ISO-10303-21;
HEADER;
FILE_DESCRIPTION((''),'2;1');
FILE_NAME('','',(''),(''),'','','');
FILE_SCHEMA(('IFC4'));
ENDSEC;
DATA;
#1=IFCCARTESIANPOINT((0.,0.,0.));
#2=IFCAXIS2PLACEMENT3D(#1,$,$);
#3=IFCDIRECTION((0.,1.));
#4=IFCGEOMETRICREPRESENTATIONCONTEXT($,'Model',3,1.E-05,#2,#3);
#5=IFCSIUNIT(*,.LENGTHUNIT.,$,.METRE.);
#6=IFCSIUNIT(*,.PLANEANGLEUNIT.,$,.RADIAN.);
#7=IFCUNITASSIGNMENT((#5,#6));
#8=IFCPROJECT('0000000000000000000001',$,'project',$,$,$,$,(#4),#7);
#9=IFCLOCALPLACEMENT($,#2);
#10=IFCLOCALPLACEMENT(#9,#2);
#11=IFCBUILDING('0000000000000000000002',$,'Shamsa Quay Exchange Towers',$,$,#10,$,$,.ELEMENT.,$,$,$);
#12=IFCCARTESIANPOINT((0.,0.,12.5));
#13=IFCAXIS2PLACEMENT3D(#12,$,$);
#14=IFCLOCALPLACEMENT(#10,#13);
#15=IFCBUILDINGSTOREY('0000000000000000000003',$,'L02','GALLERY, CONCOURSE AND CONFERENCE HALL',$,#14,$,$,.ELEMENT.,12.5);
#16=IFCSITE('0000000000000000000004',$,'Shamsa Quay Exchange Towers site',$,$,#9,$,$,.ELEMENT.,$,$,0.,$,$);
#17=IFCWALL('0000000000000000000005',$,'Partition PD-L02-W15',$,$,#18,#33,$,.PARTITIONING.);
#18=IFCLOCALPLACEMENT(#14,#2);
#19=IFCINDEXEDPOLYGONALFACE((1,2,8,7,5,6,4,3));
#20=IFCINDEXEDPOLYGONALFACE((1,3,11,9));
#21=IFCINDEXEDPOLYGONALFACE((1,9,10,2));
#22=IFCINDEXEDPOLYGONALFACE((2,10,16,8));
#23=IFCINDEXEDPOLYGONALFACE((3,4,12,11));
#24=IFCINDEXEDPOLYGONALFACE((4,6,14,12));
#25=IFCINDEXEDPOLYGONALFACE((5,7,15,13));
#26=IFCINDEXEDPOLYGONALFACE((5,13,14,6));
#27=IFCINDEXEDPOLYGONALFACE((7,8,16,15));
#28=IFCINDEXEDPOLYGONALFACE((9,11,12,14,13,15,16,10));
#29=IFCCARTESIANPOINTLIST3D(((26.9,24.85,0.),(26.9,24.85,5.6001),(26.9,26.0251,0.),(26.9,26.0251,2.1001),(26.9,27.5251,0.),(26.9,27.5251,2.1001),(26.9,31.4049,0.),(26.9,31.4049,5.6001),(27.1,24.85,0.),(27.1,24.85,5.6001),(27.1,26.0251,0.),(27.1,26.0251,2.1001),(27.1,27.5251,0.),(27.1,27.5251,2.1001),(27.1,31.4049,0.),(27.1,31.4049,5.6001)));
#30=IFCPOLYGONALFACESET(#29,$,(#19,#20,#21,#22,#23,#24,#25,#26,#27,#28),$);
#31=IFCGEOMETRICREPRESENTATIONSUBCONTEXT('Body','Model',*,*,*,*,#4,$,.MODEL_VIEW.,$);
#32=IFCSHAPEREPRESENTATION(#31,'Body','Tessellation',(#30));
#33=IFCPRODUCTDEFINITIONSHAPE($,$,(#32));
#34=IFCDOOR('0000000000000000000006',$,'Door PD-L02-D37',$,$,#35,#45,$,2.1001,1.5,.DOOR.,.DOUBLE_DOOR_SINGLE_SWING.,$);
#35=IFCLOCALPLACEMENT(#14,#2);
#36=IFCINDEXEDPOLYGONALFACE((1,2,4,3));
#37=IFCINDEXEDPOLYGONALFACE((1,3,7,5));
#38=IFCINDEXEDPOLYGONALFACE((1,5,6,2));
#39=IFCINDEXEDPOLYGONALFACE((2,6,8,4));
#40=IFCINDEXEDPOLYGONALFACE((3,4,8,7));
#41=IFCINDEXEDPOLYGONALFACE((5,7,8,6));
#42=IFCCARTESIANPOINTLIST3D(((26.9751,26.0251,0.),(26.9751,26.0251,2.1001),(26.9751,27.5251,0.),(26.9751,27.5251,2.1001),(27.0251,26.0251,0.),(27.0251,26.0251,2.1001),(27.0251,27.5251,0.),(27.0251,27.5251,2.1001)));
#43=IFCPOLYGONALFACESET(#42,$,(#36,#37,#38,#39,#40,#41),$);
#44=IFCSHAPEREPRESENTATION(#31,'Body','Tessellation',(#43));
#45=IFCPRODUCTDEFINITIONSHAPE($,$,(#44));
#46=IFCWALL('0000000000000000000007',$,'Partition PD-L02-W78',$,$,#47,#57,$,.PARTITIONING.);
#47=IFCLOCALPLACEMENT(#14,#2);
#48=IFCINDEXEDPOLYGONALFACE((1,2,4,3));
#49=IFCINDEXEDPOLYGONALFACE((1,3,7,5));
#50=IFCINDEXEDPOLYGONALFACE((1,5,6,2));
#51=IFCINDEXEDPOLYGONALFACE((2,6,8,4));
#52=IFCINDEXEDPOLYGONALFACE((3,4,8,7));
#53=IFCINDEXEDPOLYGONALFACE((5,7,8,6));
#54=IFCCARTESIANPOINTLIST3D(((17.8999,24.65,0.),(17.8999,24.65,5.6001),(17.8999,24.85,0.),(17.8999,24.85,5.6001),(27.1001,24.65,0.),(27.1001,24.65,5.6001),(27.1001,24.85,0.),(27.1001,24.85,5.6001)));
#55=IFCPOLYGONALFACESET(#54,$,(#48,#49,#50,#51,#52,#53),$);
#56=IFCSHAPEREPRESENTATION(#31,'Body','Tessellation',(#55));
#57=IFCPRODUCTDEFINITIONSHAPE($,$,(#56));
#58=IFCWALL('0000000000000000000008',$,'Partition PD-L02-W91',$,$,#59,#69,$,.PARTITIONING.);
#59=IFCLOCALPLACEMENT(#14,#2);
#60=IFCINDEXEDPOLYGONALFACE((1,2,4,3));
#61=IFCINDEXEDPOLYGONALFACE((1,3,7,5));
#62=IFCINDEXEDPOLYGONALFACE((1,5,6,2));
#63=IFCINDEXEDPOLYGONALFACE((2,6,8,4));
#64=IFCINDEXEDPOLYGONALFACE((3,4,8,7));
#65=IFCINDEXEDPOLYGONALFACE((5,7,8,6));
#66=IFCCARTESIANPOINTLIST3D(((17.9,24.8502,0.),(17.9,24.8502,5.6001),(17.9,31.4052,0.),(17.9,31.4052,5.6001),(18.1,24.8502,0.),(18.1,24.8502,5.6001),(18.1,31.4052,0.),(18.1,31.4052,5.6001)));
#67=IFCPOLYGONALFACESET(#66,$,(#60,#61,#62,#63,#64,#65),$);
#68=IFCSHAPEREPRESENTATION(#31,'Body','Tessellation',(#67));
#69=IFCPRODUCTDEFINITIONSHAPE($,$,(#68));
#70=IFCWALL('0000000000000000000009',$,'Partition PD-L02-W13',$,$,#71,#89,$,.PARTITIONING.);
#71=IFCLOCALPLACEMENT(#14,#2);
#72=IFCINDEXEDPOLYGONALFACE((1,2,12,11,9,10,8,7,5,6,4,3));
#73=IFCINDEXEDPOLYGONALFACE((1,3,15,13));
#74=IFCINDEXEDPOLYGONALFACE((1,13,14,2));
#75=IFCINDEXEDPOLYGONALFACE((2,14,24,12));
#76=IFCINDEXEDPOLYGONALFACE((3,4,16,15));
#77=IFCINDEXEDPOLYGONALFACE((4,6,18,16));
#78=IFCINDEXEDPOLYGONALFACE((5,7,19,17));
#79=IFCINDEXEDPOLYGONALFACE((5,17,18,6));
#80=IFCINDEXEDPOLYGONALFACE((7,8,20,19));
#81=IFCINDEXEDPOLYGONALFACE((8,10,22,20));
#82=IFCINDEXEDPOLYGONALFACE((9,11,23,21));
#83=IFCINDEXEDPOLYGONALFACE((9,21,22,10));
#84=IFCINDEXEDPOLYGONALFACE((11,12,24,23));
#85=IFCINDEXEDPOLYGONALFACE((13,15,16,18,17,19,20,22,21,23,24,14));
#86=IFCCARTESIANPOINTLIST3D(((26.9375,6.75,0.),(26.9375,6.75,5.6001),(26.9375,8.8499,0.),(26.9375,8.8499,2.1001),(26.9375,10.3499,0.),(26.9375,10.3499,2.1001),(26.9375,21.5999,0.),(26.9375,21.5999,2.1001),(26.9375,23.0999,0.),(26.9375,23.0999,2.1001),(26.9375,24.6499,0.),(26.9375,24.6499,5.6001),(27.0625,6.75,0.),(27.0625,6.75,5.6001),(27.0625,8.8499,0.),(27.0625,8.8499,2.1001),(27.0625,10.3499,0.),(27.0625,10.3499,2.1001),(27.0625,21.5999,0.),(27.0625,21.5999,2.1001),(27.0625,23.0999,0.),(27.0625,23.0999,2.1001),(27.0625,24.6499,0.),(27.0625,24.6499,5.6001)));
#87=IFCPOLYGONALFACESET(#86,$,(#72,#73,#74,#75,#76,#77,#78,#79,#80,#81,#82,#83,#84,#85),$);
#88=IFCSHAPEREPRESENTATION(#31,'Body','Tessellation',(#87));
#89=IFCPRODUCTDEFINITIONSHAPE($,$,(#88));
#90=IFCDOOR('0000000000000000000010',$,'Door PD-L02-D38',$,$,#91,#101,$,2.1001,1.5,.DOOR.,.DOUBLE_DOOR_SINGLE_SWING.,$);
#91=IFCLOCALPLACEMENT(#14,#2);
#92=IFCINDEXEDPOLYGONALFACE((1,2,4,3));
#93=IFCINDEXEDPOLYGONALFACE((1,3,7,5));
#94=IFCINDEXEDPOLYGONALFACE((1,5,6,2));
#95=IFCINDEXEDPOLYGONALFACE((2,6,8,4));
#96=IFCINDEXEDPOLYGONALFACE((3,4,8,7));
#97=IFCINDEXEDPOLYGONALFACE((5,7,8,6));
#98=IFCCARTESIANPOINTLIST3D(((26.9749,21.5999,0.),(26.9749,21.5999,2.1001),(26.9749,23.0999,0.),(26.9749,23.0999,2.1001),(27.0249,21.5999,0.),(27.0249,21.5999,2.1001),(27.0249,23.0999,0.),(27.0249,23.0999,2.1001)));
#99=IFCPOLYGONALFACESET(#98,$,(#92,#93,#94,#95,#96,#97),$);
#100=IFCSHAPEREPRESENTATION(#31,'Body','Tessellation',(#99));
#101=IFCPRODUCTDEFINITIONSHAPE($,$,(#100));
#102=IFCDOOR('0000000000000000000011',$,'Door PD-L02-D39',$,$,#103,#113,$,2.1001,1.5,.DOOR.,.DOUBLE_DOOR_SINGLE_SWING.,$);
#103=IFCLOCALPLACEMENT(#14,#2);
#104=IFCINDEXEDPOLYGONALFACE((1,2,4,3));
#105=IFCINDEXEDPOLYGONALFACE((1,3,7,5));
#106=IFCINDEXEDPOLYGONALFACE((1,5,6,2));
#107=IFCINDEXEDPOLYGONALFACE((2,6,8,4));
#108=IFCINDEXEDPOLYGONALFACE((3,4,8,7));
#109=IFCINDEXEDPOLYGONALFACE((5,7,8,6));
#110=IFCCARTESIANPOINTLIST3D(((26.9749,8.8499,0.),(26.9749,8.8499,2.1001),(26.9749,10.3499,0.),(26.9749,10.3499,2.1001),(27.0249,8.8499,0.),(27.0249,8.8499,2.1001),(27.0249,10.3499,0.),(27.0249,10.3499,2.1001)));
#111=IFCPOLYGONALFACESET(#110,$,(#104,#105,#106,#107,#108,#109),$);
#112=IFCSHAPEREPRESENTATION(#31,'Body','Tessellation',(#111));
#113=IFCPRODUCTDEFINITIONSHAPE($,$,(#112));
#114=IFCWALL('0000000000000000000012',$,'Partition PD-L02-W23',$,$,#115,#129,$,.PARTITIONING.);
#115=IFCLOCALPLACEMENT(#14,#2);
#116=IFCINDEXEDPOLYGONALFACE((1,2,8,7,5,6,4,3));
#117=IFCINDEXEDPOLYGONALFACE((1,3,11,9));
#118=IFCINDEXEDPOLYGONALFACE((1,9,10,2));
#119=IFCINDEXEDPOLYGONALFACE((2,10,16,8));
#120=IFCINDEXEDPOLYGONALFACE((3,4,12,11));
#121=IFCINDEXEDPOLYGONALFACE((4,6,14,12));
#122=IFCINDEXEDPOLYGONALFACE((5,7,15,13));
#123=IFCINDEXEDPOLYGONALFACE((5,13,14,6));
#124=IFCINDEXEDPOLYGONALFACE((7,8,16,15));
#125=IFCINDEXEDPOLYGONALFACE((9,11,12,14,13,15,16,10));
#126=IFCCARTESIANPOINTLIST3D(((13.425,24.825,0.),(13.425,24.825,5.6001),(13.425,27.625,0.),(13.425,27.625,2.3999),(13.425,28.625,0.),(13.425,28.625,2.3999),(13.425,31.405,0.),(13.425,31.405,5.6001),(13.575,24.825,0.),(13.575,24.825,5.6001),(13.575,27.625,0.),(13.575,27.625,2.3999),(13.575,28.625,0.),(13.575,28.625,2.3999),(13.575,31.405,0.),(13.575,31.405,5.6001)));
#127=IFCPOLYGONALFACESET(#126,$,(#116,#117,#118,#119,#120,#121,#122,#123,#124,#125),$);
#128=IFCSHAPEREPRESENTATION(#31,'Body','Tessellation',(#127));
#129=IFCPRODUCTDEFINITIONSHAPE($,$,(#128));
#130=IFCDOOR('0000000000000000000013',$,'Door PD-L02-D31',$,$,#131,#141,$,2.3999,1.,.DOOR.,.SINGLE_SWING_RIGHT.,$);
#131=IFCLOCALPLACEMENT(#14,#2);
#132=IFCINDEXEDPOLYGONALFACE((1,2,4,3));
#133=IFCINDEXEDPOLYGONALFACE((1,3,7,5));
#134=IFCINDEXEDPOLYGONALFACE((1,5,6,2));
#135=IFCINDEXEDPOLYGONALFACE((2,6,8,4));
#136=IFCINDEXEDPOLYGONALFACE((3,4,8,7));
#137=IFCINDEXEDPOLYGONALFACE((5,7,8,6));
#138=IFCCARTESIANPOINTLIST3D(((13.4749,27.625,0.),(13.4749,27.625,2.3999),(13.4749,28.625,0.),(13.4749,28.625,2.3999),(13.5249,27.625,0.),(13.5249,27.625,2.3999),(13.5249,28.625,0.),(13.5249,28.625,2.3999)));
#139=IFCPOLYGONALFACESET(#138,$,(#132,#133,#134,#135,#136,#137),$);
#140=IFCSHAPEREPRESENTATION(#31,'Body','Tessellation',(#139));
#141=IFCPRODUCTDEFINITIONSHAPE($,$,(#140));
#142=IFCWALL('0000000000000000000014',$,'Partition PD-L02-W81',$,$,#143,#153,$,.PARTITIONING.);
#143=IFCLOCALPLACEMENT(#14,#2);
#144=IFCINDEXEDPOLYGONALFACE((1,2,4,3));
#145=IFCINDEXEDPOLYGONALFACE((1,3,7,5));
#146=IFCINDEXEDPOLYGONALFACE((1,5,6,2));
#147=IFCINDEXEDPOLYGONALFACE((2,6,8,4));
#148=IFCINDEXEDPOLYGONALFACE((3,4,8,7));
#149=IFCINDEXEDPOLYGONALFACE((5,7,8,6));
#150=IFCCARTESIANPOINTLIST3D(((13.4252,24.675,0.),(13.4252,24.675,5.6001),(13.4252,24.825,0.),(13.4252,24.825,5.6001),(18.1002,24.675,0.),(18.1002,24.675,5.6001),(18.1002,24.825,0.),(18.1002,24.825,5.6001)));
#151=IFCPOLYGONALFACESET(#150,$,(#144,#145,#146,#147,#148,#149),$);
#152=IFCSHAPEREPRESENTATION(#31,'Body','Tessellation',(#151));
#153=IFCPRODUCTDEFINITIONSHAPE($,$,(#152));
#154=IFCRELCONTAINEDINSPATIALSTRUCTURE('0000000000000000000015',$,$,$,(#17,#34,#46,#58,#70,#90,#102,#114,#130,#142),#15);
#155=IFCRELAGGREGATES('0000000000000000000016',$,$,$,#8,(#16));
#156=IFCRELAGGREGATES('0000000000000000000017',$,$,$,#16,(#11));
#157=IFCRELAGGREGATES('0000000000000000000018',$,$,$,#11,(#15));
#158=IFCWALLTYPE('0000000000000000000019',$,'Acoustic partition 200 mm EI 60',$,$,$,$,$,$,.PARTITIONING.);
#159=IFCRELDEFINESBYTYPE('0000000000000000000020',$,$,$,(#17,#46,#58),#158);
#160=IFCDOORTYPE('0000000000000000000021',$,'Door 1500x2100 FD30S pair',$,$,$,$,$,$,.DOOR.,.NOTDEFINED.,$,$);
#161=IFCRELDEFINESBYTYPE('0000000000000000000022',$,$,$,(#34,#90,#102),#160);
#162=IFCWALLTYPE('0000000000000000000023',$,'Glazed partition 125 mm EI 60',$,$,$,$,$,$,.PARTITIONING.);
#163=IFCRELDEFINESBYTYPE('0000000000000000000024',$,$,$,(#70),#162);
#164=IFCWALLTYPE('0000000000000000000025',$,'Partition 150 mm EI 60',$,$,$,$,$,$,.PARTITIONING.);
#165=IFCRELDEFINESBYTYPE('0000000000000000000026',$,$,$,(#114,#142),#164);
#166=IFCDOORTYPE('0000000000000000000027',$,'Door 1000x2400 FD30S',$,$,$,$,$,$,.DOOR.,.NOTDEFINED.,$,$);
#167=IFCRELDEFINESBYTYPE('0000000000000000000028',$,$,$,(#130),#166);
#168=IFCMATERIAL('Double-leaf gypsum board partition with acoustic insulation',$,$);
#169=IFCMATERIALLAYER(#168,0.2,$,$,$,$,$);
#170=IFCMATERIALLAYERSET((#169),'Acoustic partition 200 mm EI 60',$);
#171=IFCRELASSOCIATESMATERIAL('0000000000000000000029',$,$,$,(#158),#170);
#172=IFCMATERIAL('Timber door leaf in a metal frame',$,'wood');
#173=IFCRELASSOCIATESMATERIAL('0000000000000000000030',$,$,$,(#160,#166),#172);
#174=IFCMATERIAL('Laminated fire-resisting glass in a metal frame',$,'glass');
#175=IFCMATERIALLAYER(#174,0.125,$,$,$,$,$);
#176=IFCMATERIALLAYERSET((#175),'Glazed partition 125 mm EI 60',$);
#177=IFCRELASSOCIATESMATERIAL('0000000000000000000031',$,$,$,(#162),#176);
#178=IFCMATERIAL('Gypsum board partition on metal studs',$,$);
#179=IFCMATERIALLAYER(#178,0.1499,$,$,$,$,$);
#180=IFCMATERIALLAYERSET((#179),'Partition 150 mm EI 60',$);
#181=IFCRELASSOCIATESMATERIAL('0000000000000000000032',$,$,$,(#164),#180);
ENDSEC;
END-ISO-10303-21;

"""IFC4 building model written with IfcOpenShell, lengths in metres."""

from ifc_helpers import new_model, si_unit, direction, frame, frame_2d, origin, place, context, subcontext, project, spatial, rectangle, extrude, material, layer, layer_set, type_object, element, fill, save


model = new_model("IFC4")

# Units and contexts
model_context = context("Model", 3, precision=1e-05, world=origin(), true_north=direction((0.0, 1.0)))
body_context = subcontext(model_context, "Body", "Model", "MODEL_VIEW")
ifc_project = project(units=[si_unit("LENGTHUNIT", "METRE"), si_unit("PLANEANGLEUNIT", "RADIAN")], contexts=[model_context])

# Site, building, storey
site_placement = place(None, origin())
site = spatial("IfcSite", under=ifc_project, at=site_placement, Name="Shamsa Quay Exchange Towers site", CompositionType="ELEMENT", RefElevation=0.0)
building_placement = place(site_placement, origin())
building = spatial("IfcBuilding", under=site, at=building_placement, Name="Shamsa Quay Exchange Towers", CompositionType="ELEMENT")
storey_placement = place(building_placement, frame((0.0, 0.0, 12.5)))
storey = spatial("IfcBuildingStorey", under=building, at=storey_placement, Name="L02", Description="GALLERY, CONCOURSE AND CONFERENCE HALL", CompositionType="ELEMENT", Elevation=12.5)

# Wall, opening, door
ifc_material_1 = material(Name="Double-leaf gypsum board partition with acoustic insulation")
ifc_layer_1 = layer(ifc_material_1, 0.2)
ifc_layer_set_1 = layer_set([ifc_layer_1], Name="Acoustic partition 200 mm EI 60")
wall_type_1 = type_object("IfcWallType", Name="Acoustic partition 200 mm EI 60", PredefinedType="PARTITIONING", material=ifc_layer_set_1)
wall_1_placement = place(storey_placement, frame((27.0, 24.8501, 0.0), z_axis=(0.0, 0.0, 1.0), x_axis=(0.0, 1.0, 0.0)))
wall_1 = element("IfcWall", 1, at=wall_1_placement, inside=storey, type_object=wall_type_1, Name="Partition PD-L02-W15", PredefinedType="PARTITIONING", context=body_context, shape_type="SweptSolid", body=[
    extrude(rectangle(XDim=6.5549, YDim=0.2, at=frame_2d((3.2773, 0.0))), origin(), (0.0, 0.0, 1.0), 5.6001),
])
opening_1_placement = place(wall_1_placement, frame((1.175, 0.0, 0.0)))
opening_1 = element("IfcOpeningElement", 2, at=opening_1_placement, cuts=wall_1, PredefinedType="OPENING", context=body_context, shape_type="SweptSolid", body=[
    extrude(rectangle(XDim=1.5, YDim=2.1001, at=frame_2d((0.75, 1.05))), frame((0.0, 0.1099, 0.0), z_axis=(0.0, -1.0, 0.0), x_axis=(1.0, 0.0, 0.0)), (0.0, 0.0, 1.0), 0.22),
])
ifc_material_2 = material(Name="Timber door leaf in a metal frame", Category="wood")
door_type_1 = type_object("IfcDoorType", Name="Door 1500x2100 FD30S pair", OperationType="NOTDEFINED", PredefinedType="DOOR", material=ifc_material_2)
door_1_placement = place(opening_1_placement, origin())
door_1 = element("IfcDoor", 3, at=door_1_placement, inside=storey, type_object=door_type_1, Name="Door PD-L02-D37", OperationType="DOUBLE_DOOR_SINGLE_SWING", OverallHeight=2.1001, OverallWidth=1.5, PredefinedType="DOOR", context=body_context, shape_type="SweptSolid", body=[
    extrude(rectangle(XDim=1.5, YDim=2.1001, at=frame_2d((0.75, 1.05))), frame((0.0, 0.0249, 0.0), z_axis=(0.0, -1.0, 0.0), x_axis=(1.0, 0.0, 0.0)), (0.0, 0.0, 1.0), 0.05),
])
fill(opening_1, door_1)

# Walls
wall_2_placement = place(storey_placement, frame((27.1001, 24.75, 0.0), z_axis=(0.0, 0.0, 1.0), x_axis=(-1.0, 0.0, 0.0)))
element("IfcWall", 4, at=wall_2_placement, inside=storey, type_object=wall_type_1, Name="Partition PD-L02-W78", PredefinedType="PARTITIONING", context=body_context, shape_type="SweptSolid", body=[
    extrude(rectangle(XDim=9.2002, YDim=0.2, at=frame_2d((4.6001, 0.0))), origin(), (0.0, 0.0, 1.0), 5.6001),
])
wall_3_placement = place(storey_placement, frame((18.0, 31.405, 0.0), z_axis=(0.0, 0.0, 1.0), x_axis=(0.0, -1.0, 0.0)))
element("IfcWall", 5, at=wall_3_placement, inside=storey, type_object=wall_type_1, Name="Partition PD-L02-W91", PredefinedType="PARTITIONING", context=body_context, shape_type="SweptSolid", body=[
    extrude(rectangle(XDim=6.5549, YDim=0.2, at=frame_2d((3.2773, 0.0))), origin(), (0.0, 0.0, 1.0), 5.6001),
])

# Wall, openings, doors
ifc_material_3 = material(Name="Laminated fire-resisting glass in a metal frame", Category="glass")
ifc_layer_2 = layer(ifc_material_3, 0.125)
ifc_layer_set_2 = layer_set([ifc_layer_2], Name="Glazed partition 125 mm EI 60")
wall_type_2 = type_object("IfcWallType", Name="Glazed partition 125 mm EI 60", PredefinedType="PARTITIONING", material=ifc_layer_set_2)
wall_4_placement = place(storey_placement, frame((27.0, 24.6499, 0.0), z_axis=(0.0, 0.0, 1.0), x_axis=(0.0, -1.0, 0.0)))
wall_4 = element("IfcWall", 6, at=wall_4_placement, inside=storey, type_object=wall_type_2, Name="Partition PD-L02-W13", PredefinedType="PARTITIONING", context=body_context, shape_type="SweptSolid", body=[
    extrude(rectangle(XDim=17.8999, YDim=0.125, at=frame_2d((8.95, 0.0))), origin(), (0.0, 0.0, 1.0), 5.6001),
])
opening_2_placement = place(wall_4_placement, frame((1.55, 0.0, 0.0)))
opening_2 = element("IfcOpeningElement", 7, at=opening_2_placement, cuts=wall_4, PredefinedType="OPENING", context=body_context, shape_type="SweptSolid", body=[
    extrude(rectangle(XDim=1.5, YDim=2.1001, at=frame_2d((0.75, 1.05))), frame((0.0, 0.0725, 0.0), z_axis=(0.0, -1.0, 0.0), x_axis=(1.0, 0.0, 0.0)), (0.0, 0.0, 1.0), 0.145),
])
opening_3_placement = place(wall_4_placement, frame((14.3, 0.0, 0.0)))
opening_3 = element("IfcOpeningElement", 8, at=opening_3_placement, cuts=wall_4, PredefinedType="OPENING", context=body_context, shape_type="SweptSolid", body=[
    extrude(rectangle(XDim=1.5, YDim=2.1001, at=frame_2d((0.75, 1.05))), frame((0.0, 0.0725, 0.0), z_axis=(0.0, -1.0, 0.0), x_axis=(1.0, 0.0, 0.0)), (0.0, 0.0, 1.0), 0.145),
])
door_2_placement = place(opening_2_placement, origin())
door_2 = element("IfcDoor", 9, at=door_2_placement, inside=storey, type_object=door_type_1, Name="Door PD-L02-D38", OperationType="DOUBLE_DOOR_SINGLE_SWING", OverallHeight=2.1001, OverallWidth=1.5, PredefinedType="DOOR", context=body_context, shape_type="SweptSolid", body=[
    extrude(rectangle(XDim=1.5, YDim=2.1001, at=frame_2d((0.75, 1.05))), frame((0.0, 0.0249, 0.0), z_axis=(0.0, -1.0, 0.0), x_axis=(1.0, 0.0, 0.0)), (0.0, 0.0, 1.0), 0.05),
])
fill(opening_2, door_2)
door_3_placement = place(opening_3_placement, origin())
door_3 = element("IfcDoor", 10, at=door_3_placement, inside=storey, type_object=door_type_1, Name="Door PD-L02-D39", OperationType="DOUBLE_DOOR_SINGLE_SWING", OverallHeight=2.1001, OverallWidth=1.5, PredefinedType="DOOR", context=body_context, shape_type="SweptSolid", body=[
    extrude(rectangle(XDim=1.5, YDim=2.1001, at=frame_2d((0.75, 1.05))), frame((0.0, 0.0249, 0.0), z_axis=(0.0, -1.0, 0.0), x_axis=(1.0, 0.0, 0.0)), (0.0, 0.0, 1.0), 0.05),
])
fill(opening_3, door_3)

# Wall, opening, door
ifc_material_4 = material(Name="Gypsum board partition on metal studs")
ifc_layer_3 = layer(ifc_material_4, 0.1499)
ifc_layer_set_3 = layer_set([ifc_layer_3], Name="Partition 150 mm EI 60")
wall_type_3 = type_object("IfcWallType", Name="Partition 150 mm EI 60", PredefinedType="PARTITIONING", material=ifc_layer_set_3)
wall_5_placement = place(storey_placement, frame((13.5, 31.405, 0.0), z_axis=(0.0, 0.0, 1.0), x_axis=(0.0, -1.0, 0.0)))
wall_5 = element("IfcWall", 11, at=wall_5_placement, inside=storey, type_object=wall_type_3, Name="Partition PD-L02-W23", PredefinedType="PARTITIONING", context=body_context, shape_type="SweptSolid", body=[
    extrude(rectangle(XDim=6.5801, YDim=0.1499, at=frame_2d((3.29, 0.0))), origin(), (0.0, 0.0, 1.0), 5.6001),
])
opening_4_placement = place(wall_5_placement, frame((2.78, 0.0, 0.0)))
opening_4 = element("IfcOpeningElement", 12, at=opening_4_placement, cuts=wall_5, PredefinedType="OPENING", context=body_context, shape_type="SweptSolid", body=[
    extrude(rectangle(XDim=1.0, YDim=2.3999, at=frame_2d((0.5, 1.2))), frame((0.0, 0.085, 0.0), z_axis=(0.0, -1.0, 0.0), x_axis=(1.0, 0.0, 0.0)), (0.0, 0.0, 1.0), 0.1699),
])
door_type_2 = type_object("IfcDoorType", Name="Door 1000x2400 FD30S", OperationType="NOTDEFINED", PredefinedType="DOOR", material=ifc_material_2)
door_4_placement = place(opening_4_placement, origin())
door_4 = element("IfcDoor", 13, at=door_4_placement, inside=storey, type_object=door_type_2, Name="Door PD-L02-D31", OperationType="SINGLE_SWING_RIGHT", OverallHeight=2.3999, OverallWidth=1.0, PredefinedType="DOOR", context=body_context, shape_type="SweptSolid", body=[
    extrude(rectangle(XDim=1.0, YDim=2.3999, at=frame_2d((0.5, 1.2))), frame((0.0, 0.0249, 0.0), z_axis=(0.0, -1.0, 0.0), x_axis=(1.0, 0.0, 0.0)), (0.0, 0.0, 1.0), 0.05),
])
fill(opening_4, door_4)

# Wall
wall_6_placement = place(storey_placement, frame((18.1001, 24.75, 0.0), z_axis=(0.0, 0.0, 1.0), x_axis=(-1.0, 0.0, 0.0)))
element("IfcWall", 14, at=wall_6_placement, inside=storey, type_object=wall_type_3, Name="Partition PD-L02-W81", PredefinedType="PARTITIONING", context=body_context, shape_type="SweptSolid", body=[
    extrude(rectangle(XDim=4.675, YDim=0.1499, at=frame_2d((2.3374, 0.0))), origin(), (0.0, 0.0, 1.0), 5.6001),
])

save(model, "model.ifc")
